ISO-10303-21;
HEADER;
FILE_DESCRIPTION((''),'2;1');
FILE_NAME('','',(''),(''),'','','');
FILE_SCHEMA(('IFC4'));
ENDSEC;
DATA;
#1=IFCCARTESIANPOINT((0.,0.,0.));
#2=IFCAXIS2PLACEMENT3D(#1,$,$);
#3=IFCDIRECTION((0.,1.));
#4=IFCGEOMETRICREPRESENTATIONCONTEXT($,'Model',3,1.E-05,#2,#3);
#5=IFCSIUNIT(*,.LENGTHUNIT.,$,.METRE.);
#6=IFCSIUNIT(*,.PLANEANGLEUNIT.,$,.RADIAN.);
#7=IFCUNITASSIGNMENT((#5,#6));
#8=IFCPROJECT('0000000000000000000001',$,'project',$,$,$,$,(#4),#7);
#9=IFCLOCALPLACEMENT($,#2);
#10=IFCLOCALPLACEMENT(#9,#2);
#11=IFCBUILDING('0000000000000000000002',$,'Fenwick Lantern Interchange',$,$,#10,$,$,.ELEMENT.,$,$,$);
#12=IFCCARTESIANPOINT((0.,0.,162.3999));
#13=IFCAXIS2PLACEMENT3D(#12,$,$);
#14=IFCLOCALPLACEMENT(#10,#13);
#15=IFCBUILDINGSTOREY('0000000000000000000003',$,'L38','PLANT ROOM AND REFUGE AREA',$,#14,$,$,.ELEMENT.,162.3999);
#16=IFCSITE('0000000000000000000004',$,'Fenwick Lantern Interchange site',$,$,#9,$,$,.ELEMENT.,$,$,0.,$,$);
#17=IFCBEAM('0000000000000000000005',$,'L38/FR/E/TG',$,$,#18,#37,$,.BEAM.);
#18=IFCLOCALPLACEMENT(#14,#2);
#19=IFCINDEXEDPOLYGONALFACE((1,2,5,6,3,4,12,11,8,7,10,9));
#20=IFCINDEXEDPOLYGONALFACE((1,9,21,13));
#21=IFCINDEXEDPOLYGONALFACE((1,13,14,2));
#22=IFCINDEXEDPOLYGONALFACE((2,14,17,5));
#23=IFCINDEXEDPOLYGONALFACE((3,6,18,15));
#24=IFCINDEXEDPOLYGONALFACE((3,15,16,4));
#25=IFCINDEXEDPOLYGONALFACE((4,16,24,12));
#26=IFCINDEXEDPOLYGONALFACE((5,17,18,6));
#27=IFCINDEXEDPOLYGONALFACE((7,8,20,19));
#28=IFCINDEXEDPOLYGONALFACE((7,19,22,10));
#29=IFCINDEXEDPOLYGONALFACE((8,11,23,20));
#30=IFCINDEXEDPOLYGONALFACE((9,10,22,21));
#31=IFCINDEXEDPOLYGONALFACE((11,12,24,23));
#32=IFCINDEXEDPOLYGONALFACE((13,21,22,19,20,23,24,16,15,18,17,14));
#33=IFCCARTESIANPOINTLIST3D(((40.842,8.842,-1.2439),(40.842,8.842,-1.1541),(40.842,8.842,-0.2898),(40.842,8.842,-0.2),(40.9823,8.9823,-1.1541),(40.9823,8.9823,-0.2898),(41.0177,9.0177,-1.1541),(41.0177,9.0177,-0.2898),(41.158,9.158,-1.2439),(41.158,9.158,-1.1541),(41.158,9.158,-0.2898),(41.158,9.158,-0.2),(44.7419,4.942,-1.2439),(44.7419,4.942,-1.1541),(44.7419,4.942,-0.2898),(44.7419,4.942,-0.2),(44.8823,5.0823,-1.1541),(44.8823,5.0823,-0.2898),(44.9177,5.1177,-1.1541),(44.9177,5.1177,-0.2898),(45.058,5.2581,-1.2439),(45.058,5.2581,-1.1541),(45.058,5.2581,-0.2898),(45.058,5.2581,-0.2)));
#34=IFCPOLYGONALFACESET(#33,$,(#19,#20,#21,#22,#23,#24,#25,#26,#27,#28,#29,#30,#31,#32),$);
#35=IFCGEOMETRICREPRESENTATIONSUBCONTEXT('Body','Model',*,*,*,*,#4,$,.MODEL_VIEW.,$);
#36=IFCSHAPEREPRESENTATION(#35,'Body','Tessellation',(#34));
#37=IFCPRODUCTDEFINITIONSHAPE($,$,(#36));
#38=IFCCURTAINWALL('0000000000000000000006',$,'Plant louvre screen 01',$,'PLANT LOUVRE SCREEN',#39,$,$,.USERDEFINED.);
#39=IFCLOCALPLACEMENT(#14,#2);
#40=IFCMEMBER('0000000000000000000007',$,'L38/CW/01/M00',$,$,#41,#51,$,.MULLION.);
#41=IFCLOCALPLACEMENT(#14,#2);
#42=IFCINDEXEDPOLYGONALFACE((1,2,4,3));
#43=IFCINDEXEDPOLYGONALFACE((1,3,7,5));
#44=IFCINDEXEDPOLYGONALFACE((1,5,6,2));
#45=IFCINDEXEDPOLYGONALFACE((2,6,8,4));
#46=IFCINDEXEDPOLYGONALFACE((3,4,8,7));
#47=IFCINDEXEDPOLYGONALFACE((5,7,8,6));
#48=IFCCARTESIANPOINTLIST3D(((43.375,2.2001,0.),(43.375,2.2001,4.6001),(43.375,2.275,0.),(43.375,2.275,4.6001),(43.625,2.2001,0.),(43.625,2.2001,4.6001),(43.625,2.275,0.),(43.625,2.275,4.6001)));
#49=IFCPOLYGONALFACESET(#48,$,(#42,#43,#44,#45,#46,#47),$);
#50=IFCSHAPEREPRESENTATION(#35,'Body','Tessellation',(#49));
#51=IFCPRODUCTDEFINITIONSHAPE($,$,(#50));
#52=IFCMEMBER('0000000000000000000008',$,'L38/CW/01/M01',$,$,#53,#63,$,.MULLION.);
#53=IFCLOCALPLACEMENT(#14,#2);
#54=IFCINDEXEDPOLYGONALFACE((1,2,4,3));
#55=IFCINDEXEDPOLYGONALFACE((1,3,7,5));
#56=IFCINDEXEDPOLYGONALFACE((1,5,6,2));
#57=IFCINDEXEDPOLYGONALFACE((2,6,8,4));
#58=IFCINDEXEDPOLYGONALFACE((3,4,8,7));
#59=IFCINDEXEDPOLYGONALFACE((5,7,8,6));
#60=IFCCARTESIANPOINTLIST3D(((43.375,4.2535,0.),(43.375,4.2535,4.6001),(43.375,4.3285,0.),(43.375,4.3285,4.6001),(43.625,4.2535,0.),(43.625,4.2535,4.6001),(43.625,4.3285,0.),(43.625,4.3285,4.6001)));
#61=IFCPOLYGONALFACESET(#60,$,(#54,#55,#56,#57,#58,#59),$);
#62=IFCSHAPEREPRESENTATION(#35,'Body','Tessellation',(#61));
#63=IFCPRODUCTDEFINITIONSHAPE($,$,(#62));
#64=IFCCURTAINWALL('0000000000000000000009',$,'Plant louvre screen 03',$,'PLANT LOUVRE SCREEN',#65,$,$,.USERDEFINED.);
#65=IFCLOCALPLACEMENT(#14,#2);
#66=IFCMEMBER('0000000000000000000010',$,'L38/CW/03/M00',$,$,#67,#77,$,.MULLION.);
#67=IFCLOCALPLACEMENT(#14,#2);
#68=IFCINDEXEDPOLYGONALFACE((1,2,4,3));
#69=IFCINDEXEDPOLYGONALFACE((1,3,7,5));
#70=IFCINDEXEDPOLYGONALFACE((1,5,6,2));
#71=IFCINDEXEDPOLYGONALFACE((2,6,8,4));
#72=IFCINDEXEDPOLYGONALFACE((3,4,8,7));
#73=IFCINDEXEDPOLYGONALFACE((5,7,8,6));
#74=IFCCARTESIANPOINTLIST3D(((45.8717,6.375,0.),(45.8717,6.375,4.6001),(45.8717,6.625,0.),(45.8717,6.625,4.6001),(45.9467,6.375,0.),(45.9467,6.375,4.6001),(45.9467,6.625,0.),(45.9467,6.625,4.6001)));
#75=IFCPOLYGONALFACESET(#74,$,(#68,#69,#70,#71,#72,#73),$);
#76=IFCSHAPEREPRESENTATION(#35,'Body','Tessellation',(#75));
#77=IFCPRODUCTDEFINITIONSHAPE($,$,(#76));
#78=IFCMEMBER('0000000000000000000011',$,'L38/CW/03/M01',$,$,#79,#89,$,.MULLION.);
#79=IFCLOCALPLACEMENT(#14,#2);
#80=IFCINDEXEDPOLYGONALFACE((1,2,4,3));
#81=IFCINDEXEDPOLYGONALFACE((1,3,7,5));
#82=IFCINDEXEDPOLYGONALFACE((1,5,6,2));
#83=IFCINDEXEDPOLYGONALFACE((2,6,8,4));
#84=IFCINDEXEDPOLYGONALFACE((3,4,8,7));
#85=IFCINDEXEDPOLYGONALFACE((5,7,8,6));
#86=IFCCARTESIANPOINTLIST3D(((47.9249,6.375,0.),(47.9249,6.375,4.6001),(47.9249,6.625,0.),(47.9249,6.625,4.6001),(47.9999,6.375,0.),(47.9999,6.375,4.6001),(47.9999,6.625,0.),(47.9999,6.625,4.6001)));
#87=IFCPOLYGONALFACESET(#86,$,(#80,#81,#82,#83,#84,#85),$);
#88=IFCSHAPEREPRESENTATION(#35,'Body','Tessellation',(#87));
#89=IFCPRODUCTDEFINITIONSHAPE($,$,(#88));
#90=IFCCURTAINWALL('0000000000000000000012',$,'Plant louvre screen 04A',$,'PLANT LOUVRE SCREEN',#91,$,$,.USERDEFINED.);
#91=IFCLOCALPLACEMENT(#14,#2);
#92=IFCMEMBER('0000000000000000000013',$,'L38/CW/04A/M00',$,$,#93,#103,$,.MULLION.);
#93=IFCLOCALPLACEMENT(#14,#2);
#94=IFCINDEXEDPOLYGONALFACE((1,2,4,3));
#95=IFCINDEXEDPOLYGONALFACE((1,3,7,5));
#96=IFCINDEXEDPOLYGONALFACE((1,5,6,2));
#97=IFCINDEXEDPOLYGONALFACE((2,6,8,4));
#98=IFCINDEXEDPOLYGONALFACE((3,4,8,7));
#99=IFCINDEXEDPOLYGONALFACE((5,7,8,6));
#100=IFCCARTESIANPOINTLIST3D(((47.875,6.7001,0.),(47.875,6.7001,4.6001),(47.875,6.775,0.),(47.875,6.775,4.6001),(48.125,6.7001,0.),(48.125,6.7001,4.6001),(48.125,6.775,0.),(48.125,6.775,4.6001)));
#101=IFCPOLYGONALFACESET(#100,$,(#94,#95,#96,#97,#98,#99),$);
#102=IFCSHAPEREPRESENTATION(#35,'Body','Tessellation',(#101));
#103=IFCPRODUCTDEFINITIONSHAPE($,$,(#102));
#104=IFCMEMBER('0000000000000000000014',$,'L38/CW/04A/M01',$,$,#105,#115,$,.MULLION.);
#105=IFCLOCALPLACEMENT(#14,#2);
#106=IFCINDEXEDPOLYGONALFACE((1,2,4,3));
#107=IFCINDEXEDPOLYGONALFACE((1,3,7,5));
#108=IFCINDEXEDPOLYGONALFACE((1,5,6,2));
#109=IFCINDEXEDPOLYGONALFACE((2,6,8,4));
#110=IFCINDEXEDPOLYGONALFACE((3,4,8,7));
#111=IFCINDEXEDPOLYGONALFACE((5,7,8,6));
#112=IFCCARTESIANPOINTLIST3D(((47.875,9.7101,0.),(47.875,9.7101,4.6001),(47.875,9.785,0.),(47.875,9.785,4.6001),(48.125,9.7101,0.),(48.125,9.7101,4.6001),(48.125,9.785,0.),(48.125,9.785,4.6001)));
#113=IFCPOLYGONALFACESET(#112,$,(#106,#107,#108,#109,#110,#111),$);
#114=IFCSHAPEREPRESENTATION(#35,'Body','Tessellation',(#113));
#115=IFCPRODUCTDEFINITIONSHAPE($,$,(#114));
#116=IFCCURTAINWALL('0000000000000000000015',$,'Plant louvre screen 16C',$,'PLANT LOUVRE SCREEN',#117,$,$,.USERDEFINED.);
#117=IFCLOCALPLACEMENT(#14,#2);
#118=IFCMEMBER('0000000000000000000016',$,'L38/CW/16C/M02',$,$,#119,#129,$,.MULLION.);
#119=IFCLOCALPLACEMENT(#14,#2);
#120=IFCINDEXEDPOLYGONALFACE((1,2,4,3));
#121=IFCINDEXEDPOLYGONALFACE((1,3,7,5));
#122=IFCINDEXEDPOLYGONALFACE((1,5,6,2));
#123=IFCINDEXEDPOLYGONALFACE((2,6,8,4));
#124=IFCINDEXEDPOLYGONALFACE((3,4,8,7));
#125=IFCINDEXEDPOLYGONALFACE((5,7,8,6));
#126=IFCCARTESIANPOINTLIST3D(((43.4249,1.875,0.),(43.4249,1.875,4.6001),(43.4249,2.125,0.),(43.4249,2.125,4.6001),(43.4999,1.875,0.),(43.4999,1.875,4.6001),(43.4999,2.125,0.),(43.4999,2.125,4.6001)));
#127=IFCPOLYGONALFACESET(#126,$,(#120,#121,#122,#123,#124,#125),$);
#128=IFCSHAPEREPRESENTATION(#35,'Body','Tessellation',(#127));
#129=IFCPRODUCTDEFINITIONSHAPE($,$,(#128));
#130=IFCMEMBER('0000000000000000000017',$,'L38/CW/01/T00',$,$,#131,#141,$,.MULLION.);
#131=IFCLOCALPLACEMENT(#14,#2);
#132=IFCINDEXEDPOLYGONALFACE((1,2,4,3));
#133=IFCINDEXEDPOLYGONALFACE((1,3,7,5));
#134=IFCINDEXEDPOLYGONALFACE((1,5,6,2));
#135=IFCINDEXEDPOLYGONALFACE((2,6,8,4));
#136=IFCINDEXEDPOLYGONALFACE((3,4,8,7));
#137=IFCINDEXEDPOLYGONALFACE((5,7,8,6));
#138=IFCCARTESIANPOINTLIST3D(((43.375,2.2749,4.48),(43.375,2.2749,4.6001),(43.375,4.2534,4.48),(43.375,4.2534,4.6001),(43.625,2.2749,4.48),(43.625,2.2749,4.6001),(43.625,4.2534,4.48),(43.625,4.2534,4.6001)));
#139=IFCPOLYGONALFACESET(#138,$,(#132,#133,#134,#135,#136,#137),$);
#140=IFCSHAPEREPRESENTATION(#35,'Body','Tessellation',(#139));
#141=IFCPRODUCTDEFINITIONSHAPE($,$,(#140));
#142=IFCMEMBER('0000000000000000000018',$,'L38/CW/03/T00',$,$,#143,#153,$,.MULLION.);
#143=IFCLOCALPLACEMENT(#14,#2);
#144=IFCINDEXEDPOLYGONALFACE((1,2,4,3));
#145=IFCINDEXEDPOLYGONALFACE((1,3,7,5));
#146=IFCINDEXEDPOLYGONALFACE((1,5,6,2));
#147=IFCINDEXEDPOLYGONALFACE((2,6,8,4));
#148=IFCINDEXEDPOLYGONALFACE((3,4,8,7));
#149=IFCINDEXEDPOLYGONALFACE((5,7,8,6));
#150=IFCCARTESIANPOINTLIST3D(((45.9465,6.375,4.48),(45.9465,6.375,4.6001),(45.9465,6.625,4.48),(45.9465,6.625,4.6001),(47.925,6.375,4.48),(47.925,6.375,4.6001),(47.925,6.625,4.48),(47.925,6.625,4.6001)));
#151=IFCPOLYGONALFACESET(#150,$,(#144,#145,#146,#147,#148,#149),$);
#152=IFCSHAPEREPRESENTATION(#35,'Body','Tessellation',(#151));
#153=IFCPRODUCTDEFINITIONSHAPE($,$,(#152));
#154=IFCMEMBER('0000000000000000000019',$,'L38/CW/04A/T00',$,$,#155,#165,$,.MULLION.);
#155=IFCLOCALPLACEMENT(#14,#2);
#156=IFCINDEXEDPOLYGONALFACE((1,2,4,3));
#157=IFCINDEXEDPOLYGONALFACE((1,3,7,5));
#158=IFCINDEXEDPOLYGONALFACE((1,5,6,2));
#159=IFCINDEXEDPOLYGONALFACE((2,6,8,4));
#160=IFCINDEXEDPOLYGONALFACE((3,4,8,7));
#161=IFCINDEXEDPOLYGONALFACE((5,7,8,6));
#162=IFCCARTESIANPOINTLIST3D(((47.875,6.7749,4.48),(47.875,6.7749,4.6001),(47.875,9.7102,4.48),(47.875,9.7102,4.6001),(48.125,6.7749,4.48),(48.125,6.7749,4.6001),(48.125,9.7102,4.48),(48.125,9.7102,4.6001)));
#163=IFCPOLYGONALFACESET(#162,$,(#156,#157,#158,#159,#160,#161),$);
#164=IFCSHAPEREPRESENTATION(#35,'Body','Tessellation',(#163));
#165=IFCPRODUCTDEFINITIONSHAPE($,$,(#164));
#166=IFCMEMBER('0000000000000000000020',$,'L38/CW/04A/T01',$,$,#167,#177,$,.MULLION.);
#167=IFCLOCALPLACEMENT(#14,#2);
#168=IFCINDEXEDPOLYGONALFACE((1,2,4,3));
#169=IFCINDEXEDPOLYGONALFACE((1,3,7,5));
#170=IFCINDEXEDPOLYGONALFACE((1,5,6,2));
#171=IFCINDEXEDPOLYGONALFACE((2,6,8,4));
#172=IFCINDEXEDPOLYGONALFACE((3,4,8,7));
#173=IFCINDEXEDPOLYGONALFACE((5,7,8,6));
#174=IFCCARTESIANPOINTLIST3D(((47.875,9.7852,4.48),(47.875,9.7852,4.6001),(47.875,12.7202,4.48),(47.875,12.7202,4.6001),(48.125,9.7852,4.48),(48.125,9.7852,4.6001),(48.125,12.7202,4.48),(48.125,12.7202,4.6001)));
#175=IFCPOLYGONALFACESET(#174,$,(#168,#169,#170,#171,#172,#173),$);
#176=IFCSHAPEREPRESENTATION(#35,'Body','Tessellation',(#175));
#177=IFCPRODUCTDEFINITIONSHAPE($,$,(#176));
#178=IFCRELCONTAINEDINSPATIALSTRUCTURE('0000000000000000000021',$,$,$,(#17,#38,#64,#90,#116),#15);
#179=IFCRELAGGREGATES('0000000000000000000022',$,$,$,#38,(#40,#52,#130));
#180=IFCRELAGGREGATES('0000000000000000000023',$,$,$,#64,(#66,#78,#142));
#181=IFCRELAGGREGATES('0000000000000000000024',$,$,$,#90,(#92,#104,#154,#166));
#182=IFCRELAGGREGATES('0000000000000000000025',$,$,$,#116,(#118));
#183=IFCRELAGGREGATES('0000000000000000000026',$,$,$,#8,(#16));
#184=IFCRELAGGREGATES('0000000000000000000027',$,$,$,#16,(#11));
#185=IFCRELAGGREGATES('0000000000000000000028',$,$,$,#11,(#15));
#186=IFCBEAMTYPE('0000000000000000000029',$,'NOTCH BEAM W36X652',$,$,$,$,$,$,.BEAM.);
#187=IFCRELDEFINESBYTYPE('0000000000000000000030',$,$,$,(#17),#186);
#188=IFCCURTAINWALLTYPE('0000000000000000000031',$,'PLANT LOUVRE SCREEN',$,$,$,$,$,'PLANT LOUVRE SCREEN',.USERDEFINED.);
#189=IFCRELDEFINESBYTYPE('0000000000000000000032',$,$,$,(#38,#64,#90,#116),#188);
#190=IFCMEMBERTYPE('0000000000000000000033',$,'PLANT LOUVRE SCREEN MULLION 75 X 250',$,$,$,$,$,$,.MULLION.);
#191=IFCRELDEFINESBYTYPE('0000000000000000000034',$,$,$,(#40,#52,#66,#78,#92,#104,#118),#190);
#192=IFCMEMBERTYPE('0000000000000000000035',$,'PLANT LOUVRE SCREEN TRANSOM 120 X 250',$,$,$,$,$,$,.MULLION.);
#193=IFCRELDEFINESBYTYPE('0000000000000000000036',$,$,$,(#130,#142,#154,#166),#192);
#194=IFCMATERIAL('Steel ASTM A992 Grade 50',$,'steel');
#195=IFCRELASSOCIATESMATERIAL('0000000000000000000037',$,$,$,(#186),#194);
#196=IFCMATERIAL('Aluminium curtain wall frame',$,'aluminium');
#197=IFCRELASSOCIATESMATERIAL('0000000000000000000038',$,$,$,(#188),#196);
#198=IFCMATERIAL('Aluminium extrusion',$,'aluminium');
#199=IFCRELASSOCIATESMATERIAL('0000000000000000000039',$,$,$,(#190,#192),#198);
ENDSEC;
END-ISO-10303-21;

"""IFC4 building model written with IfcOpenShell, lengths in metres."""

from ifc_helpers import new_model, si_unit, direction, frame, origin, origin_2d, place, context, subcontext, project, spatial, rectangle, i_section, extrude, material, material_profile, profile_set, type_object, element, aggregate, save


model = new_model("IFC4")

# Units and contexts
model_context = context("Model", 3, precision=1e-05, world=origin(), true_north=direction((0.0, 1.0)))
body_context = subcontext(model_context, "Body", "Model", "MODEL_VIEW")
ifc_project = project(units=[si_unit("LENGTHUNIT", "METRE"), si_unit("PLANEANGLEUNIT", "RADIAN")], contexts=[model_context])

# Site, building, storey
site_placement = place(None, origin())
site = spatial("IfcSite", under=ifc_project, at=site_placement, Name="Fenwick Lantern Interchange site", CompositionType="ELEMENT", RefElevation=0.0)
building_placement = place(site_placement, origin())
building = spatial("IfcBuilding", under=site, at=building_placement, Name="Fenwick Lantern Interchange", CompositionType="ELEMENT")
storey_placement = place(building_placement, frame((0.0, 0.0, 162.3999)))
storey = spatial("IfcBuildingStorey", under=building, at=storey_placement, Name="L38", Description="PLANT ROOM AND REFUGE AREA", CompositionType="ELEMENT", Elevation=162.3999)

# Shared definitions
ifc_material_1 = material(Name="Steel ASTM A992 Grade 50", Category="steel")

# Beam
ifc_material_profile_1 = material_profile(ifc_material_1, i_section(OverallWidth=0.447, OverallDepth=1.0439, WebThickness=0.05, FlangeThickness=0.0898, at=origin_2d()), Name="W36X652")
ifc_profile_set_1 = profile_set([ifc_material_profile_1], Name="Steel ASTM A992 Grade 50")
beam_type_1 = type_object("IfcBeamType", Name="NOTCH BEAM W36X652", PredefinedType="BEAM", material=ifc_profile_set_1)
beam_1_placement = place(storey_placement, frame((41.0, 9.0, -0.7219), z_axis=(0.707107, -0.707107, 0.0), x_axis=(0.707107, 0.707107, 0.0)))
element("IfcBeam", 1, at=beam_1_placement, inside=storey, type_object=beam_type_1, Name="L38/FR/E/TG", PredefinedType="BEAM", context=body_context, shape_type="SweptSolid", body=[
    extrude(i_section(OverallWidth=0.447, OverallDepth=1.0439, WebThickness=0.05, FlangeThickness=0.0898, at=origin_2d()), origin(), (0.0, 0.0, 1.0), 5.5154),
])

# Curtain walls, members
ifc_material_2 = material(Name="Aluminium curtain wall frame", Category="aluminium")
curtain_wall_type = type_object("IfcCurtainWallType", Name="PLANT LOUVRE SCREEN", ElementType="PLANT LOUVRE SCREEN", PredefinedType="USERDEFINED", material=ifc_material_2)
curtain_wall_1_placement = place(storey_placement, origin())
curtain_wall_1 = element("IfcCurtainWall", 2, at=curtain_wall_1_placement, inside=storey, type_object=curtain_wall_type, Name="Plant louvre screen 01", ObjectType="PLANT LOUVRE SCREEN", PredefinedType="USERDEFINED")
ifc_material_3 = material(Name="Aluminium extrusion", Category="aluminium")
ifc_material_profile_2 = material_profile(ifc_material_3, rectangle(XDim=0.25, YDim=0.075, at=origin_2d()), Name="PLANT LOUVRE SCREEN MULLION 75 X 250")
ifc_profile_set_2 = profile_set([ifc_material_profile_2], Name="Aluminium extrusion")
member_type_1 = type_object("IfcMemberType", Name="PLANT LOUVRE SCREEN MULLION 75 X 250", PredefinedType="MULLION", material=ifc_profile_set_2)
member_1_placement = place(storey_placement, frame((43.5, 2.2375, 0.0), z_axis=(0.0, 0.0, 1.0), x_axis=(-1.0, 0.0, 0.0)))
member_1 = element("IfcMember", 3, at=member_1_placement, type_object=member_type_1, Name="L38/CW/01/M00", PredefinedType="MULLION", context=body_context, shape_type="SweptSolid", body=[
    extrude(rectangle(XDim=0.25, YDim=0.075, at=origin_2d()), origin(), (0.0, 0.0, 1.0), 4.6001),
])
member_2_placement = place(storey_placement, frame((43.5, 4.291, 0.0), z_axis=(0.0, 0.0, 1.0), x_axis=(-1.0, 0.0, 0.0)))
member_2 = element("IfcMember", 4, at=member_2_placement, type_object=member_type_1, Name="L38/CW/01/M01", PredefinedType="MULLION", context=body_context, shape_type="SweptSolid", body=[
    extrude(rectangle(XDim=0.25, YDim=0.075, at=origin_2d()), origin(), (0.0, 0.0, 1.0), 4.6001),
])
curtain_wall_2_placement = place(storey_placement, origin())
curtain_wall_2 = element("IfcCurtainWall", 5, at=curtain_wall_2_placement, inside=storey, type_object=curtain_wall_type, Name="Plant louvre screen 03", ObjectType="PLANT LOUVRE SCREEN", PredefinedType="USERDEFINED")
member_3_placement = place(storey_placement, frame((45.9092, 6.5, 0.0), z_axis=(0.0, 0.0, 1.0), x_axis=(0.0, 1.0, 0.0)))
member_3 = element("IfcMember", 6, at=member_3_placement, type_object=member_type_1, Name="L38/CW/03/M00", PredefinedType="MULLION", context=body_context, shape_type="SweptSolid", body=[
    extrude(rectangle(XDim=0.25, YDim=0.075, at=origin_2d()), origin(), (0.0, 0.0, 1.0), 4.6001),
])
member_4_placement = place(storey_placement, frame((47.9624, 6.5, 0.0), z_axis=(0.0, 0.0, 1.0), x_axis=(0.0, 1.0, 0.0)))
member_4 = element("IfcMember", 7, at=member_4_placement, type_object=member_type_1, Name="L38/CW/03/M01", PredefinedType="MULLION", context=body_context, shape_type="SweptSolid", body=[
    extrude(rectangle(XDim=0.25, YDim=0.075, at=origin_2d()), origin(), (0.0, 0.0, 1.0), 4.6001),
])
curtain_wall_3_placement = place(storey_placement, origin())
curtain_wall_3 = element("IfcCurtainWall", 8, at=curtain_wall_3_placement, inside=storey, type_object=curtain_wall_type, Name="Plant louvre screen 04A", ObjectType="PLANT LOUVRE SCREEN", PredefinedType="USERDEFINED")
member_5_placement = place(storey_placement, frame((48.0, 6.7375, 0.0), z_axis=(0.0, 0.0, 1.0), x_axis=(-1.0, 0.0, 0.0)))
member_5 = element("IfcMember", 9, at=member_5_placement, type_object=member_type_1, Name="L38/CW/04A/M00", PredefinedType="MULLION", context=body_context, shape_type="SweptSolid", body=[
    extrude(rectangle(XDim=0.25, YDim=0.075, at=origin_2d()), origin(), (0.0, 0.0, 1.0), 4.6001),
])
member_6_placement = place(storey_placement, frame((48.0, 9.7476, 0.0), z_axis=(0.0, 0.0, 1.0), x_axis=(-1.0, 0.0, 0.0)))
member_6 = element("IfcMember", 10, at=member_6_placement, type_object=member_type_1, Name="L38/CW/04A/M01", PredefinedType="MULLION", context=body_context, shape_type="SweptSolid", body=[
    extrude(rectangle(XDim=0.25, YDim=0.075, at=origin_2d()), origin(), (0.0, 0.0, 1.0), 4.6001),
])

# Curtain wall, member
curtain_wall_4_placement = place(storey_placement, origin())
curtain_wall_4 = element("IfcCurtainWall", 11, at=curtain_wall_4_placement, inside=storey, type_object=curtain_wall_type, Name="Plant louvre screen 16C", ObjectType="PLANT LOUVRE SCREEN", PredefinedType="USERDEFINED")
member_7_placement = place(storey_placement, frame((43.4624, 2.0, 0.0), z_axis=(0.0, 0.0, 1.0), x_axis=(0.0, 1.0, 0.0)))
member_7 = element("IfcMember", 12, at=member_7_placement, type_object=member_type_1, Name="L38/CW/16C/M02", PredefinedType="MULLION", context=body_context, shape_type="SweptSolid", body=[
    extrude(rectangle(XDim=0.25, YDim=0.075, at=origin_2d()), origin(), (0.0, 0.0, 1.0), 4.6001),
])

# Members
ifc_material_profile_3 = material_profile(ifc_material_3, rectangle(XDim=0.25, YDim=0.1201, at=origin_2d()), Name="PLANT LOUVRE SCREEN TRANSOM 120 X 250")
ifc_profile_set_3 = profile_set([ifc_material_profile_3], Name="Aluminium extrusion")
member_type_2 = type_object("IfcMemberType", Name="PLANT LOUVRE SCREEN TRANSOM 120 X 250", PredefinedType="MULLION", material=ifc_profile_set_3)
member_8_placement = place(storey_placement, frame((43.5, 2.2749, 4.54), z_axis=(0.0, 1.0, 0.0), x_axis=(-1.0, 0.0, 0.0)))
member_8 = element("IfcMember", 13, at=member_8_placement, type_object=member_type_2, Name="L38/CW/01/T00", PredefinedType="MULLION", context=body_context, shape_type="SweptSolid", body=[
    extrude(rectangle(XDim=0.25, YDim=0.1201, at=origin_2d()), origin(), (0.0, 0.0, 1.0), 1.9785),
])
member_9_placement = place(storey_placement, frame((45.9465, 6.5, 4.54), z_axis=(1.0, 0.0, 0.0), x_axis=(0.0, 1.0, 0.0)))
member_9 = element("IfcMember", 14, at=member_9_placement, type_object=member_type_2, Name="L38/CW/03/T00", PredefinedType="MULLION", context=body_context, shape_type="SweptSolid", body=[
    extrude(rectangle(XDim=0.25, YDim=0.1201, at=origin_2d()), origin(), (0.0, 0.0, 1.0), 1.9785),
])
member_10_placement = place(storey_placement, frame((48.0, 6.7749, 4.54), z_axis=(0.0, 1.0, 0.0), x_axis=(-1.0, 0.0, 0.0)))
member_10 = element("IfcMember", 15, at=member_10_placement, type_object=member_type_2, Name="L38/CW/04A/T00", PredefinedType="MULLION", context=body_context, shape_type="SweptSolid", body=[
    extrude(rectangle(XDim=0.25, YDim=0.1201, at=origin_2d()), origin(), (0.0, 0.0, 1.0), 2.9353),
])
member_11_placement = place(storey_placement, frame((48.0, 9.7852, 4.54), z_axis=(0.0, 1.0, 0.0), x_axis=(-1.0, 0.0, 0.0)))
member_11 = element("IfcMember", 16, at=member_11_placement, type_object=member_type_2, Name="L38/CW/04A/T01", PredefinedType="MULLION", context=body_context, shape_type="SweptSolid", body=[
    extrude(rectangle(XDim=0.25, YDim=0.1201, at=origin_2d()), origin(), (0.0, 0.0, 1.0), 2.9351),
])

aggregate(curtain_wall_1, [member_1, member_2, member_8])
aggregate(curtain_wall_2, [member_3, member_4, member_9])
aggregate(curtain_wall_3, [member_5, member_6, member_10, member_11])
aggregate(curtain_wall_4, [member_7])

save(model, "model.ifc")
